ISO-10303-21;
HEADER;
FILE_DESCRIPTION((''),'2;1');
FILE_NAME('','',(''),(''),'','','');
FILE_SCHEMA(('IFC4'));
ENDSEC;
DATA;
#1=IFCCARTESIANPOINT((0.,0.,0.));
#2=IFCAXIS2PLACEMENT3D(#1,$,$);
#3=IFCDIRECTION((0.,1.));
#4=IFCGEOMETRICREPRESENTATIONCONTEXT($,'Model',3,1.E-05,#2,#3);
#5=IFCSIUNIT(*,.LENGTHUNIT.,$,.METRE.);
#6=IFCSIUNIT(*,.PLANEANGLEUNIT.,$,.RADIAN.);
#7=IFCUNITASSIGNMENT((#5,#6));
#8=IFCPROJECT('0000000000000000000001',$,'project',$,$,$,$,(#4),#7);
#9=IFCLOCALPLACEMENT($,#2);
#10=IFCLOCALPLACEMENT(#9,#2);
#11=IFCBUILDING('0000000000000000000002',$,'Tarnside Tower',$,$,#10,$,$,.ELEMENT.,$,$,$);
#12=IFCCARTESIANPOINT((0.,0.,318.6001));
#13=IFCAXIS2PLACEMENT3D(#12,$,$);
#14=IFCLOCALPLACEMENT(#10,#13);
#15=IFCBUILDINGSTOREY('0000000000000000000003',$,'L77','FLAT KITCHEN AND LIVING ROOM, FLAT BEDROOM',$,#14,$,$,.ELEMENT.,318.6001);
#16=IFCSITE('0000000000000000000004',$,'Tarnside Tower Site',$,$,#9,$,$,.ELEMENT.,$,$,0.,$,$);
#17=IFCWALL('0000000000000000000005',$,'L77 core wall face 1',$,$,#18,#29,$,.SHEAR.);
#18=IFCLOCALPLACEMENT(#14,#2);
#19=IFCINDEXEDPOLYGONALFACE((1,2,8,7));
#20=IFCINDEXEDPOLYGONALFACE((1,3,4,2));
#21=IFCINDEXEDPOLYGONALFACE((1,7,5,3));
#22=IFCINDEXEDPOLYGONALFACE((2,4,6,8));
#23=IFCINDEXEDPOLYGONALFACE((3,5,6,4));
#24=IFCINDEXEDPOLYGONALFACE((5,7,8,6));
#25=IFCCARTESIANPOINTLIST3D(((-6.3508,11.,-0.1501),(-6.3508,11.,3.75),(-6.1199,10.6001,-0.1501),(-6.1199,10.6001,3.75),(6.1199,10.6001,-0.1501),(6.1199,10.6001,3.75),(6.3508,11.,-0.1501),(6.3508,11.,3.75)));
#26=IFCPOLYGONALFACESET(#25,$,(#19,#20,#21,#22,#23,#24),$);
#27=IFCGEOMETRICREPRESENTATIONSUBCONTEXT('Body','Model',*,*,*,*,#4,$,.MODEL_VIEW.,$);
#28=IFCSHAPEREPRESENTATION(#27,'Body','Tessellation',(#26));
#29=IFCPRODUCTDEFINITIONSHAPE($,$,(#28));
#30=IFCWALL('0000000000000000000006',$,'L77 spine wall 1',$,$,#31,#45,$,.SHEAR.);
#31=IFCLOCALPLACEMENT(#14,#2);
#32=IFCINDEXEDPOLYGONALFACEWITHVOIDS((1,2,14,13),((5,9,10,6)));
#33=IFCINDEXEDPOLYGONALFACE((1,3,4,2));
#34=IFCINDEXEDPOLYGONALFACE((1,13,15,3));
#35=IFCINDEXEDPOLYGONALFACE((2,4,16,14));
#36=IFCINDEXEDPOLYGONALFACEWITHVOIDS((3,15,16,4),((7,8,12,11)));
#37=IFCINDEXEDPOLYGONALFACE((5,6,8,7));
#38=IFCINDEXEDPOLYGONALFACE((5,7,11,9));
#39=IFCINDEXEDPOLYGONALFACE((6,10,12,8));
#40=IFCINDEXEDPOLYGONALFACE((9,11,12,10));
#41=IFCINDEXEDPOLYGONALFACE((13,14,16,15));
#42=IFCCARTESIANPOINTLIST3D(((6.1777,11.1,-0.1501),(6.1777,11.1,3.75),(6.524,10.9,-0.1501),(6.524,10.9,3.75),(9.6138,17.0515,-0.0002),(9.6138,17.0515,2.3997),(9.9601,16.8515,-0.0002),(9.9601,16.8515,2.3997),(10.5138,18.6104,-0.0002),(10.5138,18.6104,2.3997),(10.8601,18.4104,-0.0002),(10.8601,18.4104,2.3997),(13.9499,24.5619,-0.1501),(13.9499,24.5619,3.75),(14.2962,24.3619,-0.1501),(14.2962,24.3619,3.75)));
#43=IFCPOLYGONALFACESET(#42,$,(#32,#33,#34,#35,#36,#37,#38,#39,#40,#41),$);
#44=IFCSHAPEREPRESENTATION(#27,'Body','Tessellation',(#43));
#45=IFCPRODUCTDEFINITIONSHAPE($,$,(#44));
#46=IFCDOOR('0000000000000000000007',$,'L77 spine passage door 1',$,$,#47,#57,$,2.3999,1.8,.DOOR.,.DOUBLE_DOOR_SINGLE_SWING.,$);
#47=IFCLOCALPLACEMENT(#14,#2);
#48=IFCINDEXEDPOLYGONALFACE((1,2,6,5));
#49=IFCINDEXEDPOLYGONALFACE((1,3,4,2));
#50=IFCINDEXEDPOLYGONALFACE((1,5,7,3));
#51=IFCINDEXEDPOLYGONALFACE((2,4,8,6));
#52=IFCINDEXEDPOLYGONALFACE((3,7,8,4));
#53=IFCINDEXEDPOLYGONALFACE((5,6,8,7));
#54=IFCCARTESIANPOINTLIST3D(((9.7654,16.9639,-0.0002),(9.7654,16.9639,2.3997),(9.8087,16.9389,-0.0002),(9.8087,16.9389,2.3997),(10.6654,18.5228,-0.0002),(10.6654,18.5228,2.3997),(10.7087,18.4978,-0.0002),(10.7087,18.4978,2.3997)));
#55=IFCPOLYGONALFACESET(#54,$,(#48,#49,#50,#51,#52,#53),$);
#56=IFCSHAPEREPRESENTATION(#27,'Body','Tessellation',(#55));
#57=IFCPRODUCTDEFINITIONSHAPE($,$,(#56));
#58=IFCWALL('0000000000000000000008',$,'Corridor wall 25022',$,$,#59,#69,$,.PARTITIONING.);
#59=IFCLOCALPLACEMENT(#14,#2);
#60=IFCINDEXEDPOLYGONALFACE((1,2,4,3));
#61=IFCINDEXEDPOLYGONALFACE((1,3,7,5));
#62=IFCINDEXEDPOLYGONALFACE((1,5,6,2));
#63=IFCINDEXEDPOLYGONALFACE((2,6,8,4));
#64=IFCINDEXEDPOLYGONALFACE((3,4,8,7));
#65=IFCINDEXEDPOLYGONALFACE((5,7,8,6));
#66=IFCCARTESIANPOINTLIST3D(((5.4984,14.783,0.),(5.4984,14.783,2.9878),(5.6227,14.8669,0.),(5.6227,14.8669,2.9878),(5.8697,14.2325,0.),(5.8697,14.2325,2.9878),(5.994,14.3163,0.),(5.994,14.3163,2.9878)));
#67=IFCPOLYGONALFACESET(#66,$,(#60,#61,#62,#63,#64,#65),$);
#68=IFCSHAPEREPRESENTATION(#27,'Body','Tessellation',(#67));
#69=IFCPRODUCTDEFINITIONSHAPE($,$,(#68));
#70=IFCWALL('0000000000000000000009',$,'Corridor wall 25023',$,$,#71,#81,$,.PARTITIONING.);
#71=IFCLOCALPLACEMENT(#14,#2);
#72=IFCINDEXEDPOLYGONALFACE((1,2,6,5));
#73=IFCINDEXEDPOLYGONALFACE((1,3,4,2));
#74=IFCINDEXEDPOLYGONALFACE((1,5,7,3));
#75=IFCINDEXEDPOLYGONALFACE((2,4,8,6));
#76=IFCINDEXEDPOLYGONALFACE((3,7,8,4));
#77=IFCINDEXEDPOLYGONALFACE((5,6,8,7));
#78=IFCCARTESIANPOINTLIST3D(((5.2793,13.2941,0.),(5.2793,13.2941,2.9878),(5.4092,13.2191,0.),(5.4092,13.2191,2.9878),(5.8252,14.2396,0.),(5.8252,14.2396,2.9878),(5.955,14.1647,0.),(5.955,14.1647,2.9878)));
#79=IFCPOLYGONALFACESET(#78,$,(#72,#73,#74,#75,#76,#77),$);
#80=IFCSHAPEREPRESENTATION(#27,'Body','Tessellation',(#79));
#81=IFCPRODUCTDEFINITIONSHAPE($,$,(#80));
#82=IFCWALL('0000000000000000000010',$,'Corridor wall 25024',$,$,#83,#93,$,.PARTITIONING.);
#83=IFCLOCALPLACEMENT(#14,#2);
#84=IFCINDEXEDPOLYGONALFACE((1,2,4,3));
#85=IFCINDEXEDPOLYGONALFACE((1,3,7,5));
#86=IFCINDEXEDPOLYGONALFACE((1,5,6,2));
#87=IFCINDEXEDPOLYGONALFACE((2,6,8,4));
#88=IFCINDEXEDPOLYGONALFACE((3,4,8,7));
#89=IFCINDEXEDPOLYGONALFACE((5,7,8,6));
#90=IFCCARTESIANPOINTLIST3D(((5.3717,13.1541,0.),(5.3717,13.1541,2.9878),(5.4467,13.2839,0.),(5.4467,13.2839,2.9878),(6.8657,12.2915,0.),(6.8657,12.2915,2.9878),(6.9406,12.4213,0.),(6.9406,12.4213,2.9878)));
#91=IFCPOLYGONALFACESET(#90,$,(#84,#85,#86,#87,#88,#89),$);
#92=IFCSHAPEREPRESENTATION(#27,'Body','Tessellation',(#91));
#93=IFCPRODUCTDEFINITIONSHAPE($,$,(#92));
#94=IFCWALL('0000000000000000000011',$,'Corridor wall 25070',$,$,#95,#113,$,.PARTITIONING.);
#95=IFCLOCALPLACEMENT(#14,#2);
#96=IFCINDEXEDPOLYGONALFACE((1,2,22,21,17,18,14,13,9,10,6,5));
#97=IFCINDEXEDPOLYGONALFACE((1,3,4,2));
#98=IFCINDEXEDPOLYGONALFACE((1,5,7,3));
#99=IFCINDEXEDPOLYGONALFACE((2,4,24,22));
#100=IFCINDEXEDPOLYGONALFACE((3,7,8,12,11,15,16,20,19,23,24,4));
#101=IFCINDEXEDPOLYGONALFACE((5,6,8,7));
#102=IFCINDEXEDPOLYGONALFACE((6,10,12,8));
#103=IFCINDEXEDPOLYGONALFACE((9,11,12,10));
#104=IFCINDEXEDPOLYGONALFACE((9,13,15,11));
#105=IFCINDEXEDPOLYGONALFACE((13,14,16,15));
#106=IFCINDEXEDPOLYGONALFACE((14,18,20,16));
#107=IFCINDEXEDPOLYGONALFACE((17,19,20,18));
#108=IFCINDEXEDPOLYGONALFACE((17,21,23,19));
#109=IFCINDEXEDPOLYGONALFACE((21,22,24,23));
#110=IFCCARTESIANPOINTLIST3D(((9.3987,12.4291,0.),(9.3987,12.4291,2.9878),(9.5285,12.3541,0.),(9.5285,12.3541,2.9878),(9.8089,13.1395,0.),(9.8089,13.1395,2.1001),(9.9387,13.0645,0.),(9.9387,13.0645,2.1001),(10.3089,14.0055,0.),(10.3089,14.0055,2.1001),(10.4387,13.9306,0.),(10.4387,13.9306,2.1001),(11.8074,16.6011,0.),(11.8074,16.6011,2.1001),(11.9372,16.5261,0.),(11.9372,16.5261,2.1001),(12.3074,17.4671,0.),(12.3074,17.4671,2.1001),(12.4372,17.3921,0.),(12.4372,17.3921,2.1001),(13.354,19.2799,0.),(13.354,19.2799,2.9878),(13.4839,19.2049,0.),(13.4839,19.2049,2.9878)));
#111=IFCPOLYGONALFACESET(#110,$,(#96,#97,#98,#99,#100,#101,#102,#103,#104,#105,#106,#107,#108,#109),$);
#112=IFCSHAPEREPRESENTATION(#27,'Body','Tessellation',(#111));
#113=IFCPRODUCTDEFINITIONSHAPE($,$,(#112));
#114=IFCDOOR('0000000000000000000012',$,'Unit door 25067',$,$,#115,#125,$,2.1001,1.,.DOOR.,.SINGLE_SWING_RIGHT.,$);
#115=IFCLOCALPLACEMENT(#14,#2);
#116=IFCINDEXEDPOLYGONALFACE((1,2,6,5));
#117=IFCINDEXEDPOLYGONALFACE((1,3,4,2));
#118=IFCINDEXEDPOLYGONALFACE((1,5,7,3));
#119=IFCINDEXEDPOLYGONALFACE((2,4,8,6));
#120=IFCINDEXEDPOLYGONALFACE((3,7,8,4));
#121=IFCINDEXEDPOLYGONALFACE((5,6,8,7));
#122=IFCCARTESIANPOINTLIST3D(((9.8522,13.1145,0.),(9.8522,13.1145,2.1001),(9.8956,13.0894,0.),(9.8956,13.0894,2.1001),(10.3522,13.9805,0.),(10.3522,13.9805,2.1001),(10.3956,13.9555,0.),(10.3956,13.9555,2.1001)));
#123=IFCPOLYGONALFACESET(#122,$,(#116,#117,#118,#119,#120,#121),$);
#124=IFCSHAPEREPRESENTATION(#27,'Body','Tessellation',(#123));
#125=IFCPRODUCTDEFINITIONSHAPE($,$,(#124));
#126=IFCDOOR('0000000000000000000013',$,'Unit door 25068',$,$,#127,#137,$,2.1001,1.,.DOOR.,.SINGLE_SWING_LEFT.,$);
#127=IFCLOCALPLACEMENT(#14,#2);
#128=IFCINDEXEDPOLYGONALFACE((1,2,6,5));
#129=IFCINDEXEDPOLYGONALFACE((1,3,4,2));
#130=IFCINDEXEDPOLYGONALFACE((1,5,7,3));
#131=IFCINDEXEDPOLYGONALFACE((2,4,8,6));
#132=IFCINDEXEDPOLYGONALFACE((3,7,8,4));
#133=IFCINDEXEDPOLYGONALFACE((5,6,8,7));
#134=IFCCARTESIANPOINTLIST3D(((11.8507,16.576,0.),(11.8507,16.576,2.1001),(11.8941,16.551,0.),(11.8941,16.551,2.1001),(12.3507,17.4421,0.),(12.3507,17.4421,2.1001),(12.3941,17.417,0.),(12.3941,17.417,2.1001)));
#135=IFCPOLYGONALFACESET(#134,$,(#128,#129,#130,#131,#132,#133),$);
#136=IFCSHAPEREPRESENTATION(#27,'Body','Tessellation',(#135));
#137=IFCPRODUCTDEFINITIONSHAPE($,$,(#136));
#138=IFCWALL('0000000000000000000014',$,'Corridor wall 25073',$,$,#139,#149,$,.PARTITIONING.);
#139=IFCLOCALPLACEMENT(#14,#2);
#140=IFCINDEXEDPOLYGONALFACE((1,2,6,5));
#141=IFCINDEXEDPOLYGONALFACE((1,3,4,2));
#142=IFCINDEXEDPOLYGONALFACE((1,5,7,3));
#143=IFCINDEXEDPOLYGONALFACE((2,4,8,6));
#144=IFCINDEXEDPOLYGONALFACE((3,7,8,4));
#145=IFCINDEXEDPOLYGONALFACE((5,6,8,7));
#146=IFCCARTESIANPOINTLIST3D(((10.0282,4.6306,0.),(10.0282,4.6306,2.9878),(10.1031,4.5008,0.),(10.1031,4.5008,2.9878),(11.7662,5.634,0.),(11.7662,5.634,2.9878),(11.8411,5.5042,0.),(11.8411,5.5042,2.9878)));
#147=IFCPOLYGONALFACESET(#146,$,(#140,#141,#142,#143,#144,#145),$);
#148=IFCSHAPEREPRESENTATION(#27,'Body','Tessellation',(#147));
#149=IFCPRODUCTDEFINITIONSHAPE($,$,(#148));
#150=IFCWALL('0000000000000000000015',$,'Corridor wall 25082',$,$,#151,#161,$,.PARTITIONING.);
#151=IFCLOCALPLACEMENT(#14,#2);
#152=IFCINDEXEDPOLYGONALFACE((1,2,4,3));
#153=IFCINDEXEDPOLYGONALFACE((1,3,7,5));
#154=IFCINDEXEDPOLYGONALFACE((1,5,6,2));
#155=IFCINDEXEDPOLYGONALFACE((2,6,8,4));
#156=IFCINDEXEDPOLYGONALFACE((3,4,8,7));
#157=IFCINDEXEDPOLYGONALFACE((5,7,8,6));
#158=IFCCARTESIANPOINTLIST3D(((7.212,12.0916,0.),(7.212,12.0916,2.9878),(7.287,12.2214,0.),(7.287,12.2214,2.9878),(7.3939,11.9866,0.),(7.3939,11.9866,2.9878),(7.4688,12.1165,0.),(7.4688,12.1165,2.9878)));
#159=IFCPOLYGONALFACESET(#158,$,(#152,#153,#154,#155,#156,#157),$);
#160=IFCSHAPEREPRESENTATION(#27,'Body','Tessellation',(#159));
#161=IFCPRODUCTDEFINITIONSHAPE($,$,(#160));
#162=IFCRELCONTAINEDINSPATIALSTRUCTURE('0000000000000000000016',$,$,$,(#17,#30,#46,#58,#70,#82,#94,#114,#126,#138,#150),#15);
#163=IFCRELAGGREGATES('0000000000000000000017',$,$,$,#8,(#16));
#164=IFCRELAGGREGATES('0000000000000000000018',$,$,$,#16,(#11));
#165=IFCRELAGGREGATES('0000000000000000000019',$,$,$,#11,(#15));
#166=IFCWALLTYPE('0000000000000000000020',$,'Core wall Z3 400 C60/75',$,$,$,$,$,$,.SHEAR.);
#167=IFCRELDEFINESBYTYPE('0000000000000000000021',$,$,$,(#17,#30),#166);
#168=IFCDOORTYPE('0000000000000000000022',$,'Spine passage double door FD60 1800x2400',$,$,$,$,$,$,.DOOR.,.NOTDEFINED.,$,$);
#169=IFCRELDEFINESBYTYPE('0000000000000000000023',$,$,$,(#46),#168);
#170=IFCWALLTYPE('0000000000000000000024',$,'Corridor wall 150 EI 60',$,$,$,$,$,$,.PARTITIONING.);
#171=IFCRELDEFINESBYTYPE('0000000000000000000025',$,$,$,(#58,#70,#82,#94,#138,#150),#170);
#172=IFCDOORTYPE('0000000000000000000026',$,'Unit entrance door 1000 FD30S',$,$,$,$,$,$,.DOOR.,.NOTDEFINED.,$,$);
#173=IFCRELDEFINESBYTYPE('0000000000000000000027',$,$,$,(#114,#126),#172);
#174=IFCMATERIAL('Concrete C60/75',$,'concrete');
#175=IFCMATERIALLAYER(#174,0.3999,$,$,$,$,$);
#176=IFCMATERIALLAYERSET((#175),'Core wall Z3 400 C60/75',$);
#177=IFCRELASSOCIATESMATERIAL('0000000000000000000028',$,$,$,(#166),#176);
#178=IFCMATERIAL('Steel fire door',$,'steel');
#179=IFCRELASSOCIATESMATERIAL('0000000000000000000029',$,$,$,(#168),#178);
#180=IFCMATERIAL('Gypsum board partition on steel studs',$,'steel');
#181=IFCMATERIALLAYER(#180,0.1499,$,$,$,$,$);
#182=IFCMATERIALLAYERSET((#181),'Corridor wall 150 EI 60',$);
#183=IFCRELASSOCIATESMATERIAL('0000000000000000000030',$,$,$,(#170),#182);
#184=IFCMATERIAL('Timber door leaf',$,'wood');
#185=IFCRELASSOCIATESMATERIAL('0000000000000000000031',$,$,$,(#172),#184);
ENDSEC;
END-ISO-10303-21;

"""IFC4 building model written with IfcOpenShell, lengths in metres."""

from ifc_helpers import new_model, si_unit, direction, frame, frame_2d, origin, place, context, subcontext, project, spatial, polyline, rectangle, outline, extrude, material, layer, layer_set, type_object, element, fill, save


model = new_model("IFC4")

# Units and contexts
model_context = context("Model", 3, precision=1e-05, world=origin(), true_north=direction((0.0, 1.0)))
body_context = subcontext(model_context, "Body", "Model", "MODEL_VIEW")
ifc_project = project(units=[si_unit("LENGTHUNIT", "METRE"), si_unit("PLANEANGLEUNIT", "RADIAN")], contexts=[model_context])

# Site, building, storey
site_placement = place(None, origin())
site = spatial("IfcSite", under=ifc_project, at=site_placement, Name="Tarnside Tower Site", CompositionType="ELEMENT", RefElevation=0.0)
building_placement = place(site_placement, origin())
building = spatial("IfcBuilding", under=site, at=building_placement, Name="Tarnside Tower", CompositionType="ELEMENT")
storey_placement = place(building_placement, frame((0.0, 0.0, 318.6001)))
storey = spatial("IfcBuildingStorey", under=building, at=storey_placement, Name="L77", Description="FLAT KITCHEN AND LIVING ROOM, FLAT BEDROOM", CompositionType="ELEMENT", Elevation=318.6001)

# Wall
ifc_material_1 = material(Name="Concrete C60/75", Category="concrete")
ifc_layer_1 = layer(ifc_material_1, 0.3999)
ifc_layer_set_1 = layer_set([ifc_layer_1], Name="Core wall Z3 400 C60/75")
wall_type_1 = type_object("IfcWallType", Name="Core wall Z3 400 C60/75", PredefinedType="SHEAR", material=ifc_layer_set_1)
wall_1_placement = place(storey_placement, frame((6.2354, 10.8, -0.1501), z_axis=(0.0, 0.0, 1.0), x_axis=(-1.0, 0.0, 0.0)))
element("IfcWall", 1, at=wall_1_placement, inside=storey, type_object=wall_type_1, Name="L77 core wall face 1", PredefinedType="SHEAR", context=body_context, shape_type="SweptSolid", body=[
    extrude(outline(polyline([(-0.1155, -0.2), (12.5862, -0.2), (12.3552, 0.2), (0.1155, 0.2), (-0.1155, -0.2)])), origin(), (0.0, 0.0, 1.0), 3.9001),
])

# Wall, opening, door
wall_2_placement = place(storey_placement, frame((6.3508, 11.0, -0.1501), z_axis=(0.0, 0.0, 1.0), x_axis=(0.499999, 0.866026, 0.0)))
wall_2 = element("IfcWall", 2, at=wall_2_placement, inside=storey, type_object=wall_type_1, Name="L77 spine wall 1", PredefinedType="SHEAR", context=body_context, shape_type="SweptSolid", body=[
    extrude(rectangle(XDim=15.5444, YDim=0.3999, at=frame_2d((7.7722, 0.0))), origin(), (0.0, 0.0, 1.0), 3.9001),
])
opening_1_placement = place(wall_2_placement, frame((6.8723, 0.0, 0.1499)))
opening_1 = element("IfcOpeningElement", 3, at=opening_1_placement, cuts=wall_2, PredefinedType="OPENING", context=body_context, shape_type="SweptSolid", body=[
    extrude(rectangle(XDim=1.8, YDim=2.3999, at=frame_2d((0.8999, 1.2))), frame((0.0, 0.21, 0.0), z_axis=(0.0, -1.0, 0.0), x_axis=(1.0, 0.0, 0.0)), (0.0, 0.0, 1.0), 0.4199),
])
ifc_material_2 = material(Name="Steel fire door", Category="steel")
door_type_1 = type_object("IfcDoorType", Name="Spine passage double door FD60 1800x2400", OperationType="NOTDEFINED", PredefinedType="DOOR", material=ifc_material_2)
door_1_placement = place(opening_1_placement, origin())
door_1 = element("IfcDoor", 4, at=door_1_placement, inside=storey, type_object=door_type_1, Name="L77 spine passage door 1", OperationType="DOUBLE_DOOR_SINGLE_SWING", OverallHeight=2.3999, OverallWidth=1.8, PredefinedType="DOOR", context=body_context, shape_type="SweptSolid", body=[
    extrude(rectangle(XDim=1.8, YDim=2.3999, at=frame_2d((0.8999, 1.2))), frame((0.0, 0.0249, 0.0), z_axis=(0.0, -1.0, 0.0), x_axis=(1.0, 0.0, 0.0)), (0.0, 0.0, 1.0), 0.05),
])
fill(opening_1, door_1)

# Walls
ifc_material_3 = material(Name="Gypsum board partition on steel studs", Category="steel")
ifc_layer_2 = layer(ifc_material_3, 0.1499)
ifc_layer_set_2 = layer_set([ifc_layer_2], Name="Corridor wall 150 EI 60")
wall_type_2 = type_object("IfcWallType", Name="Corridor wall 150 EI 60", PredefinedType="PARTITIONING", material=ifc_layer_set_2)
wall_3_placement = place(storey_placement, frame((5.5605, 14.825, 0.0), z_axis=(0.0, 0.0, 1.0), x_axis=(0.559189, -0.82904, 0.0)))
element("IfcWall", 5, at=wall_3_placement, inside=storey, type_object=wall_type_2, Name="Corridor wall 25022", PredefinedType="PARTITIONING", context=body_context, shape_type="SweptSolid", body=[
    extrude(rectangle(XDim=0.6641, YDim=0.1499, at=frame_2d((0.332, 0.0))), origin(), (0.0, 0.0, 1.0), 2.9878),
])
wall_4_placement = place(storey_placement, frame((5.8901, 14.2021, 0.0), z_axis=(0.0, 0.0, 1.0), x_axis=(-0.499987, -0.866033, 0.0)))
element("IfcWall", 6, at=wall_4_placement, inside=storey, type_object=wall_type_2, Name="Corridor wall 25023", PredefinedType="PARTITIONING", context=body_context, shape_type="SweptSolid", body=[
    extrude(rectangle(XDim=1.0918, YDim=0.1499, at=frame_2d((0.5459, 0.0))), origin(), (0.0, 0.0, 1.0), 2.9878),
])
wall_5_placement = place(storey_placement, frame((5.4092, 13.219, 0.0), z_axis=(0.0, 0.0, 1.0), x_axis=(0.866014, -0.500021, 0.0)))
element("IfcWall", 7, at=wall_5_placement, inside=storey, type_object=wall_type_2, Name="Corridor wall 25024", PredefinedType="PARTITIONING", context=body_context, shape_type="SweptSolid", body=[
    extrude(rectangle(XDim=1.7251, YDim=0.1499, at=frame_2d((0.8625, 0.0))), origin(), (0.0, 0.0, 1.0), 2.9878),
])

# Wall, openings, doors
wall_6_placement = place(storey_placement, frame((9.4636, 12.3916, 0.0), z_axis=(0.0, 0.0, 1.0), x_axis=(0.499999, 0.866026, 0.0)))
wall_6 = element("IfcWall", 8, at=wall_6_placement, inside=storey, type_object=wall_type_2, Name="Corridor wall 25070", PredefinedType="PARTITIONING", context=body_context, shape_type="SweptSolid", body=[
    extrude(rectangle(XDim=7.9106, YDim=0.1499, at=frame_2d((3.9553, 0.0))), origin(), (0.0, 0.0, 1.0), 2.9878),
])
opening_2_placement = place(wall_6_placement, frame((0.8203, 0.0, 0.0)))
opening_2 = element("IfcOpeningElement", 9, at=opening_2_placement, cuts=wall_6, PredefinedType="OPENING", context=body_context, shape_type="SweptSolid", body=[
    extrude(rectangle(XDim=1.0, YDim=2.1001, at=frame_2d((0.5, 1.05))), frame((0.0, 0.085, 0.0), z_axis=(0.0, -1.0, 0.0), x_axis=(1.0, 0.0, 0.0)), (0.0, 0.0, 1.0), 0.1699),
])
opening_3_placement = place(wall_6_placement, frame((4.8174, 0.0, 0.0)))
opening_3 = element("IfcOpeningElement", 10, at=opening_3_placement, cuts=wall_6, PredefinedType="OPENING", context=body_context, shape_type="SweptSolid", body=[
    extrude(rectangle(XDim=1.0, YDim=2.1001, at=frame_2d((0.5, 1.05))), frame((0.0, 0.085, 0.0), z_axis=(0.0, -1.0, 0.0), x_axis=(1.0, 0.0, 0.0)), (0.0, 0.0, 1.0), 0.1699),
])
ifc_material_4 = material(Name="Timber door leaf", Category="wood")
door_type_2 = type_object("IfcDoorType", Name="Unit entrance door 1000 FD30S", OperationType="NOTDEFINED", PredefinedType="DOOR", material=ifc_material_4)
door_2_placement = place(opening_2_placement, origin())
door_2 = element("IfcDoor", 11, at=door_2_placement, inside=storey, type_object=door_type_2, Name="Unit door 25067", OperationType="SINGLE_SWING_RIGHT", OverallHeight=2.1001, OverallWidth=1.0, PredefinedType="DOOR", context=body_context, shape_type="SweptSolid", body=[
    extrude(rectangle(XDim=1.0, YDim=2.1001, at=frame_2d((0.5, 1.05))), frame((0.0, 0.0249, 0.0), z_axis=(0.0, -1.0, 0.0), x_axis=(1.0, 0.0, 0.0)), (0.0, 0.0, 1.0), 0.05),
])
fill(opening_2, door_2)
door_3_placement = place(opening_3_placement, origin())
door_3 = element("IfcDoor", 12, at=door_3_placement, inside=storey, type_object=door_type_2, Name="Unit door 25068", OperationType="SINGLE_SWING_LEFT", OverallHeight=2.1001, OverallWidth=1.0, PredefinedType="DOOR", context=body_context, shape_type="SweptSolid", body=[
    extrude(rectangle(XDim=1.0, YDim=2.1001, at=frame_2d((0.5, 1.05))), frame((0.0, 0.0249, 0.0), z_axis=(0.0, -1.0, 0.0), x_axis=(1.0, 0.0, 0.0)), (0.0, 0.0, 1.0), 0.05),
])
fill(opening_3, door_3)

# Walls
wall_7_placement = place(storey_placement, frame((10.0657, 4.5657, 0.0), z_axis=(0.0, 0.0, 1.0), x_axis=(0.866034, 0.499986, 0.0)))
element("IfcWall", 13, at=wall_7_placement, inside=storey, type_object=wall_type_2, Name="Corridor wall 25073", PredefinedType="PARTITIONING", context=body_context, shape_type="SweptSolid", body=[
    extrude(rectangle(XDim=2.0068, YDim=0.1499, at=frame_2d((1.0034, 0.0))), origin(), (0.0, 0.0, 1.0), 2.9878),
])
wall_8_placement = place(storey_placement, frame((7.2495, 12.1565, 0.0), z_axis=(0.0, 0.0, 1.0), x_axis=(0.866089, -0.49989, 0.0)))
element("IfcWall", 14, at=wall_8_placement, inside=storey, type_object=wall_type_2, Name="Corridor wall 25082", PredefinedType="PARTITIONING", context=body_context, shape_type="SweptSolid", body=[
    extrude(rectangle(XDim=0.21, YDim=0.1499, at=frame_2d((0.105, 0.0))), origin(), (0.0, 0.0, 1.0), 2.9878),
])

save(model, "model.ifc")
